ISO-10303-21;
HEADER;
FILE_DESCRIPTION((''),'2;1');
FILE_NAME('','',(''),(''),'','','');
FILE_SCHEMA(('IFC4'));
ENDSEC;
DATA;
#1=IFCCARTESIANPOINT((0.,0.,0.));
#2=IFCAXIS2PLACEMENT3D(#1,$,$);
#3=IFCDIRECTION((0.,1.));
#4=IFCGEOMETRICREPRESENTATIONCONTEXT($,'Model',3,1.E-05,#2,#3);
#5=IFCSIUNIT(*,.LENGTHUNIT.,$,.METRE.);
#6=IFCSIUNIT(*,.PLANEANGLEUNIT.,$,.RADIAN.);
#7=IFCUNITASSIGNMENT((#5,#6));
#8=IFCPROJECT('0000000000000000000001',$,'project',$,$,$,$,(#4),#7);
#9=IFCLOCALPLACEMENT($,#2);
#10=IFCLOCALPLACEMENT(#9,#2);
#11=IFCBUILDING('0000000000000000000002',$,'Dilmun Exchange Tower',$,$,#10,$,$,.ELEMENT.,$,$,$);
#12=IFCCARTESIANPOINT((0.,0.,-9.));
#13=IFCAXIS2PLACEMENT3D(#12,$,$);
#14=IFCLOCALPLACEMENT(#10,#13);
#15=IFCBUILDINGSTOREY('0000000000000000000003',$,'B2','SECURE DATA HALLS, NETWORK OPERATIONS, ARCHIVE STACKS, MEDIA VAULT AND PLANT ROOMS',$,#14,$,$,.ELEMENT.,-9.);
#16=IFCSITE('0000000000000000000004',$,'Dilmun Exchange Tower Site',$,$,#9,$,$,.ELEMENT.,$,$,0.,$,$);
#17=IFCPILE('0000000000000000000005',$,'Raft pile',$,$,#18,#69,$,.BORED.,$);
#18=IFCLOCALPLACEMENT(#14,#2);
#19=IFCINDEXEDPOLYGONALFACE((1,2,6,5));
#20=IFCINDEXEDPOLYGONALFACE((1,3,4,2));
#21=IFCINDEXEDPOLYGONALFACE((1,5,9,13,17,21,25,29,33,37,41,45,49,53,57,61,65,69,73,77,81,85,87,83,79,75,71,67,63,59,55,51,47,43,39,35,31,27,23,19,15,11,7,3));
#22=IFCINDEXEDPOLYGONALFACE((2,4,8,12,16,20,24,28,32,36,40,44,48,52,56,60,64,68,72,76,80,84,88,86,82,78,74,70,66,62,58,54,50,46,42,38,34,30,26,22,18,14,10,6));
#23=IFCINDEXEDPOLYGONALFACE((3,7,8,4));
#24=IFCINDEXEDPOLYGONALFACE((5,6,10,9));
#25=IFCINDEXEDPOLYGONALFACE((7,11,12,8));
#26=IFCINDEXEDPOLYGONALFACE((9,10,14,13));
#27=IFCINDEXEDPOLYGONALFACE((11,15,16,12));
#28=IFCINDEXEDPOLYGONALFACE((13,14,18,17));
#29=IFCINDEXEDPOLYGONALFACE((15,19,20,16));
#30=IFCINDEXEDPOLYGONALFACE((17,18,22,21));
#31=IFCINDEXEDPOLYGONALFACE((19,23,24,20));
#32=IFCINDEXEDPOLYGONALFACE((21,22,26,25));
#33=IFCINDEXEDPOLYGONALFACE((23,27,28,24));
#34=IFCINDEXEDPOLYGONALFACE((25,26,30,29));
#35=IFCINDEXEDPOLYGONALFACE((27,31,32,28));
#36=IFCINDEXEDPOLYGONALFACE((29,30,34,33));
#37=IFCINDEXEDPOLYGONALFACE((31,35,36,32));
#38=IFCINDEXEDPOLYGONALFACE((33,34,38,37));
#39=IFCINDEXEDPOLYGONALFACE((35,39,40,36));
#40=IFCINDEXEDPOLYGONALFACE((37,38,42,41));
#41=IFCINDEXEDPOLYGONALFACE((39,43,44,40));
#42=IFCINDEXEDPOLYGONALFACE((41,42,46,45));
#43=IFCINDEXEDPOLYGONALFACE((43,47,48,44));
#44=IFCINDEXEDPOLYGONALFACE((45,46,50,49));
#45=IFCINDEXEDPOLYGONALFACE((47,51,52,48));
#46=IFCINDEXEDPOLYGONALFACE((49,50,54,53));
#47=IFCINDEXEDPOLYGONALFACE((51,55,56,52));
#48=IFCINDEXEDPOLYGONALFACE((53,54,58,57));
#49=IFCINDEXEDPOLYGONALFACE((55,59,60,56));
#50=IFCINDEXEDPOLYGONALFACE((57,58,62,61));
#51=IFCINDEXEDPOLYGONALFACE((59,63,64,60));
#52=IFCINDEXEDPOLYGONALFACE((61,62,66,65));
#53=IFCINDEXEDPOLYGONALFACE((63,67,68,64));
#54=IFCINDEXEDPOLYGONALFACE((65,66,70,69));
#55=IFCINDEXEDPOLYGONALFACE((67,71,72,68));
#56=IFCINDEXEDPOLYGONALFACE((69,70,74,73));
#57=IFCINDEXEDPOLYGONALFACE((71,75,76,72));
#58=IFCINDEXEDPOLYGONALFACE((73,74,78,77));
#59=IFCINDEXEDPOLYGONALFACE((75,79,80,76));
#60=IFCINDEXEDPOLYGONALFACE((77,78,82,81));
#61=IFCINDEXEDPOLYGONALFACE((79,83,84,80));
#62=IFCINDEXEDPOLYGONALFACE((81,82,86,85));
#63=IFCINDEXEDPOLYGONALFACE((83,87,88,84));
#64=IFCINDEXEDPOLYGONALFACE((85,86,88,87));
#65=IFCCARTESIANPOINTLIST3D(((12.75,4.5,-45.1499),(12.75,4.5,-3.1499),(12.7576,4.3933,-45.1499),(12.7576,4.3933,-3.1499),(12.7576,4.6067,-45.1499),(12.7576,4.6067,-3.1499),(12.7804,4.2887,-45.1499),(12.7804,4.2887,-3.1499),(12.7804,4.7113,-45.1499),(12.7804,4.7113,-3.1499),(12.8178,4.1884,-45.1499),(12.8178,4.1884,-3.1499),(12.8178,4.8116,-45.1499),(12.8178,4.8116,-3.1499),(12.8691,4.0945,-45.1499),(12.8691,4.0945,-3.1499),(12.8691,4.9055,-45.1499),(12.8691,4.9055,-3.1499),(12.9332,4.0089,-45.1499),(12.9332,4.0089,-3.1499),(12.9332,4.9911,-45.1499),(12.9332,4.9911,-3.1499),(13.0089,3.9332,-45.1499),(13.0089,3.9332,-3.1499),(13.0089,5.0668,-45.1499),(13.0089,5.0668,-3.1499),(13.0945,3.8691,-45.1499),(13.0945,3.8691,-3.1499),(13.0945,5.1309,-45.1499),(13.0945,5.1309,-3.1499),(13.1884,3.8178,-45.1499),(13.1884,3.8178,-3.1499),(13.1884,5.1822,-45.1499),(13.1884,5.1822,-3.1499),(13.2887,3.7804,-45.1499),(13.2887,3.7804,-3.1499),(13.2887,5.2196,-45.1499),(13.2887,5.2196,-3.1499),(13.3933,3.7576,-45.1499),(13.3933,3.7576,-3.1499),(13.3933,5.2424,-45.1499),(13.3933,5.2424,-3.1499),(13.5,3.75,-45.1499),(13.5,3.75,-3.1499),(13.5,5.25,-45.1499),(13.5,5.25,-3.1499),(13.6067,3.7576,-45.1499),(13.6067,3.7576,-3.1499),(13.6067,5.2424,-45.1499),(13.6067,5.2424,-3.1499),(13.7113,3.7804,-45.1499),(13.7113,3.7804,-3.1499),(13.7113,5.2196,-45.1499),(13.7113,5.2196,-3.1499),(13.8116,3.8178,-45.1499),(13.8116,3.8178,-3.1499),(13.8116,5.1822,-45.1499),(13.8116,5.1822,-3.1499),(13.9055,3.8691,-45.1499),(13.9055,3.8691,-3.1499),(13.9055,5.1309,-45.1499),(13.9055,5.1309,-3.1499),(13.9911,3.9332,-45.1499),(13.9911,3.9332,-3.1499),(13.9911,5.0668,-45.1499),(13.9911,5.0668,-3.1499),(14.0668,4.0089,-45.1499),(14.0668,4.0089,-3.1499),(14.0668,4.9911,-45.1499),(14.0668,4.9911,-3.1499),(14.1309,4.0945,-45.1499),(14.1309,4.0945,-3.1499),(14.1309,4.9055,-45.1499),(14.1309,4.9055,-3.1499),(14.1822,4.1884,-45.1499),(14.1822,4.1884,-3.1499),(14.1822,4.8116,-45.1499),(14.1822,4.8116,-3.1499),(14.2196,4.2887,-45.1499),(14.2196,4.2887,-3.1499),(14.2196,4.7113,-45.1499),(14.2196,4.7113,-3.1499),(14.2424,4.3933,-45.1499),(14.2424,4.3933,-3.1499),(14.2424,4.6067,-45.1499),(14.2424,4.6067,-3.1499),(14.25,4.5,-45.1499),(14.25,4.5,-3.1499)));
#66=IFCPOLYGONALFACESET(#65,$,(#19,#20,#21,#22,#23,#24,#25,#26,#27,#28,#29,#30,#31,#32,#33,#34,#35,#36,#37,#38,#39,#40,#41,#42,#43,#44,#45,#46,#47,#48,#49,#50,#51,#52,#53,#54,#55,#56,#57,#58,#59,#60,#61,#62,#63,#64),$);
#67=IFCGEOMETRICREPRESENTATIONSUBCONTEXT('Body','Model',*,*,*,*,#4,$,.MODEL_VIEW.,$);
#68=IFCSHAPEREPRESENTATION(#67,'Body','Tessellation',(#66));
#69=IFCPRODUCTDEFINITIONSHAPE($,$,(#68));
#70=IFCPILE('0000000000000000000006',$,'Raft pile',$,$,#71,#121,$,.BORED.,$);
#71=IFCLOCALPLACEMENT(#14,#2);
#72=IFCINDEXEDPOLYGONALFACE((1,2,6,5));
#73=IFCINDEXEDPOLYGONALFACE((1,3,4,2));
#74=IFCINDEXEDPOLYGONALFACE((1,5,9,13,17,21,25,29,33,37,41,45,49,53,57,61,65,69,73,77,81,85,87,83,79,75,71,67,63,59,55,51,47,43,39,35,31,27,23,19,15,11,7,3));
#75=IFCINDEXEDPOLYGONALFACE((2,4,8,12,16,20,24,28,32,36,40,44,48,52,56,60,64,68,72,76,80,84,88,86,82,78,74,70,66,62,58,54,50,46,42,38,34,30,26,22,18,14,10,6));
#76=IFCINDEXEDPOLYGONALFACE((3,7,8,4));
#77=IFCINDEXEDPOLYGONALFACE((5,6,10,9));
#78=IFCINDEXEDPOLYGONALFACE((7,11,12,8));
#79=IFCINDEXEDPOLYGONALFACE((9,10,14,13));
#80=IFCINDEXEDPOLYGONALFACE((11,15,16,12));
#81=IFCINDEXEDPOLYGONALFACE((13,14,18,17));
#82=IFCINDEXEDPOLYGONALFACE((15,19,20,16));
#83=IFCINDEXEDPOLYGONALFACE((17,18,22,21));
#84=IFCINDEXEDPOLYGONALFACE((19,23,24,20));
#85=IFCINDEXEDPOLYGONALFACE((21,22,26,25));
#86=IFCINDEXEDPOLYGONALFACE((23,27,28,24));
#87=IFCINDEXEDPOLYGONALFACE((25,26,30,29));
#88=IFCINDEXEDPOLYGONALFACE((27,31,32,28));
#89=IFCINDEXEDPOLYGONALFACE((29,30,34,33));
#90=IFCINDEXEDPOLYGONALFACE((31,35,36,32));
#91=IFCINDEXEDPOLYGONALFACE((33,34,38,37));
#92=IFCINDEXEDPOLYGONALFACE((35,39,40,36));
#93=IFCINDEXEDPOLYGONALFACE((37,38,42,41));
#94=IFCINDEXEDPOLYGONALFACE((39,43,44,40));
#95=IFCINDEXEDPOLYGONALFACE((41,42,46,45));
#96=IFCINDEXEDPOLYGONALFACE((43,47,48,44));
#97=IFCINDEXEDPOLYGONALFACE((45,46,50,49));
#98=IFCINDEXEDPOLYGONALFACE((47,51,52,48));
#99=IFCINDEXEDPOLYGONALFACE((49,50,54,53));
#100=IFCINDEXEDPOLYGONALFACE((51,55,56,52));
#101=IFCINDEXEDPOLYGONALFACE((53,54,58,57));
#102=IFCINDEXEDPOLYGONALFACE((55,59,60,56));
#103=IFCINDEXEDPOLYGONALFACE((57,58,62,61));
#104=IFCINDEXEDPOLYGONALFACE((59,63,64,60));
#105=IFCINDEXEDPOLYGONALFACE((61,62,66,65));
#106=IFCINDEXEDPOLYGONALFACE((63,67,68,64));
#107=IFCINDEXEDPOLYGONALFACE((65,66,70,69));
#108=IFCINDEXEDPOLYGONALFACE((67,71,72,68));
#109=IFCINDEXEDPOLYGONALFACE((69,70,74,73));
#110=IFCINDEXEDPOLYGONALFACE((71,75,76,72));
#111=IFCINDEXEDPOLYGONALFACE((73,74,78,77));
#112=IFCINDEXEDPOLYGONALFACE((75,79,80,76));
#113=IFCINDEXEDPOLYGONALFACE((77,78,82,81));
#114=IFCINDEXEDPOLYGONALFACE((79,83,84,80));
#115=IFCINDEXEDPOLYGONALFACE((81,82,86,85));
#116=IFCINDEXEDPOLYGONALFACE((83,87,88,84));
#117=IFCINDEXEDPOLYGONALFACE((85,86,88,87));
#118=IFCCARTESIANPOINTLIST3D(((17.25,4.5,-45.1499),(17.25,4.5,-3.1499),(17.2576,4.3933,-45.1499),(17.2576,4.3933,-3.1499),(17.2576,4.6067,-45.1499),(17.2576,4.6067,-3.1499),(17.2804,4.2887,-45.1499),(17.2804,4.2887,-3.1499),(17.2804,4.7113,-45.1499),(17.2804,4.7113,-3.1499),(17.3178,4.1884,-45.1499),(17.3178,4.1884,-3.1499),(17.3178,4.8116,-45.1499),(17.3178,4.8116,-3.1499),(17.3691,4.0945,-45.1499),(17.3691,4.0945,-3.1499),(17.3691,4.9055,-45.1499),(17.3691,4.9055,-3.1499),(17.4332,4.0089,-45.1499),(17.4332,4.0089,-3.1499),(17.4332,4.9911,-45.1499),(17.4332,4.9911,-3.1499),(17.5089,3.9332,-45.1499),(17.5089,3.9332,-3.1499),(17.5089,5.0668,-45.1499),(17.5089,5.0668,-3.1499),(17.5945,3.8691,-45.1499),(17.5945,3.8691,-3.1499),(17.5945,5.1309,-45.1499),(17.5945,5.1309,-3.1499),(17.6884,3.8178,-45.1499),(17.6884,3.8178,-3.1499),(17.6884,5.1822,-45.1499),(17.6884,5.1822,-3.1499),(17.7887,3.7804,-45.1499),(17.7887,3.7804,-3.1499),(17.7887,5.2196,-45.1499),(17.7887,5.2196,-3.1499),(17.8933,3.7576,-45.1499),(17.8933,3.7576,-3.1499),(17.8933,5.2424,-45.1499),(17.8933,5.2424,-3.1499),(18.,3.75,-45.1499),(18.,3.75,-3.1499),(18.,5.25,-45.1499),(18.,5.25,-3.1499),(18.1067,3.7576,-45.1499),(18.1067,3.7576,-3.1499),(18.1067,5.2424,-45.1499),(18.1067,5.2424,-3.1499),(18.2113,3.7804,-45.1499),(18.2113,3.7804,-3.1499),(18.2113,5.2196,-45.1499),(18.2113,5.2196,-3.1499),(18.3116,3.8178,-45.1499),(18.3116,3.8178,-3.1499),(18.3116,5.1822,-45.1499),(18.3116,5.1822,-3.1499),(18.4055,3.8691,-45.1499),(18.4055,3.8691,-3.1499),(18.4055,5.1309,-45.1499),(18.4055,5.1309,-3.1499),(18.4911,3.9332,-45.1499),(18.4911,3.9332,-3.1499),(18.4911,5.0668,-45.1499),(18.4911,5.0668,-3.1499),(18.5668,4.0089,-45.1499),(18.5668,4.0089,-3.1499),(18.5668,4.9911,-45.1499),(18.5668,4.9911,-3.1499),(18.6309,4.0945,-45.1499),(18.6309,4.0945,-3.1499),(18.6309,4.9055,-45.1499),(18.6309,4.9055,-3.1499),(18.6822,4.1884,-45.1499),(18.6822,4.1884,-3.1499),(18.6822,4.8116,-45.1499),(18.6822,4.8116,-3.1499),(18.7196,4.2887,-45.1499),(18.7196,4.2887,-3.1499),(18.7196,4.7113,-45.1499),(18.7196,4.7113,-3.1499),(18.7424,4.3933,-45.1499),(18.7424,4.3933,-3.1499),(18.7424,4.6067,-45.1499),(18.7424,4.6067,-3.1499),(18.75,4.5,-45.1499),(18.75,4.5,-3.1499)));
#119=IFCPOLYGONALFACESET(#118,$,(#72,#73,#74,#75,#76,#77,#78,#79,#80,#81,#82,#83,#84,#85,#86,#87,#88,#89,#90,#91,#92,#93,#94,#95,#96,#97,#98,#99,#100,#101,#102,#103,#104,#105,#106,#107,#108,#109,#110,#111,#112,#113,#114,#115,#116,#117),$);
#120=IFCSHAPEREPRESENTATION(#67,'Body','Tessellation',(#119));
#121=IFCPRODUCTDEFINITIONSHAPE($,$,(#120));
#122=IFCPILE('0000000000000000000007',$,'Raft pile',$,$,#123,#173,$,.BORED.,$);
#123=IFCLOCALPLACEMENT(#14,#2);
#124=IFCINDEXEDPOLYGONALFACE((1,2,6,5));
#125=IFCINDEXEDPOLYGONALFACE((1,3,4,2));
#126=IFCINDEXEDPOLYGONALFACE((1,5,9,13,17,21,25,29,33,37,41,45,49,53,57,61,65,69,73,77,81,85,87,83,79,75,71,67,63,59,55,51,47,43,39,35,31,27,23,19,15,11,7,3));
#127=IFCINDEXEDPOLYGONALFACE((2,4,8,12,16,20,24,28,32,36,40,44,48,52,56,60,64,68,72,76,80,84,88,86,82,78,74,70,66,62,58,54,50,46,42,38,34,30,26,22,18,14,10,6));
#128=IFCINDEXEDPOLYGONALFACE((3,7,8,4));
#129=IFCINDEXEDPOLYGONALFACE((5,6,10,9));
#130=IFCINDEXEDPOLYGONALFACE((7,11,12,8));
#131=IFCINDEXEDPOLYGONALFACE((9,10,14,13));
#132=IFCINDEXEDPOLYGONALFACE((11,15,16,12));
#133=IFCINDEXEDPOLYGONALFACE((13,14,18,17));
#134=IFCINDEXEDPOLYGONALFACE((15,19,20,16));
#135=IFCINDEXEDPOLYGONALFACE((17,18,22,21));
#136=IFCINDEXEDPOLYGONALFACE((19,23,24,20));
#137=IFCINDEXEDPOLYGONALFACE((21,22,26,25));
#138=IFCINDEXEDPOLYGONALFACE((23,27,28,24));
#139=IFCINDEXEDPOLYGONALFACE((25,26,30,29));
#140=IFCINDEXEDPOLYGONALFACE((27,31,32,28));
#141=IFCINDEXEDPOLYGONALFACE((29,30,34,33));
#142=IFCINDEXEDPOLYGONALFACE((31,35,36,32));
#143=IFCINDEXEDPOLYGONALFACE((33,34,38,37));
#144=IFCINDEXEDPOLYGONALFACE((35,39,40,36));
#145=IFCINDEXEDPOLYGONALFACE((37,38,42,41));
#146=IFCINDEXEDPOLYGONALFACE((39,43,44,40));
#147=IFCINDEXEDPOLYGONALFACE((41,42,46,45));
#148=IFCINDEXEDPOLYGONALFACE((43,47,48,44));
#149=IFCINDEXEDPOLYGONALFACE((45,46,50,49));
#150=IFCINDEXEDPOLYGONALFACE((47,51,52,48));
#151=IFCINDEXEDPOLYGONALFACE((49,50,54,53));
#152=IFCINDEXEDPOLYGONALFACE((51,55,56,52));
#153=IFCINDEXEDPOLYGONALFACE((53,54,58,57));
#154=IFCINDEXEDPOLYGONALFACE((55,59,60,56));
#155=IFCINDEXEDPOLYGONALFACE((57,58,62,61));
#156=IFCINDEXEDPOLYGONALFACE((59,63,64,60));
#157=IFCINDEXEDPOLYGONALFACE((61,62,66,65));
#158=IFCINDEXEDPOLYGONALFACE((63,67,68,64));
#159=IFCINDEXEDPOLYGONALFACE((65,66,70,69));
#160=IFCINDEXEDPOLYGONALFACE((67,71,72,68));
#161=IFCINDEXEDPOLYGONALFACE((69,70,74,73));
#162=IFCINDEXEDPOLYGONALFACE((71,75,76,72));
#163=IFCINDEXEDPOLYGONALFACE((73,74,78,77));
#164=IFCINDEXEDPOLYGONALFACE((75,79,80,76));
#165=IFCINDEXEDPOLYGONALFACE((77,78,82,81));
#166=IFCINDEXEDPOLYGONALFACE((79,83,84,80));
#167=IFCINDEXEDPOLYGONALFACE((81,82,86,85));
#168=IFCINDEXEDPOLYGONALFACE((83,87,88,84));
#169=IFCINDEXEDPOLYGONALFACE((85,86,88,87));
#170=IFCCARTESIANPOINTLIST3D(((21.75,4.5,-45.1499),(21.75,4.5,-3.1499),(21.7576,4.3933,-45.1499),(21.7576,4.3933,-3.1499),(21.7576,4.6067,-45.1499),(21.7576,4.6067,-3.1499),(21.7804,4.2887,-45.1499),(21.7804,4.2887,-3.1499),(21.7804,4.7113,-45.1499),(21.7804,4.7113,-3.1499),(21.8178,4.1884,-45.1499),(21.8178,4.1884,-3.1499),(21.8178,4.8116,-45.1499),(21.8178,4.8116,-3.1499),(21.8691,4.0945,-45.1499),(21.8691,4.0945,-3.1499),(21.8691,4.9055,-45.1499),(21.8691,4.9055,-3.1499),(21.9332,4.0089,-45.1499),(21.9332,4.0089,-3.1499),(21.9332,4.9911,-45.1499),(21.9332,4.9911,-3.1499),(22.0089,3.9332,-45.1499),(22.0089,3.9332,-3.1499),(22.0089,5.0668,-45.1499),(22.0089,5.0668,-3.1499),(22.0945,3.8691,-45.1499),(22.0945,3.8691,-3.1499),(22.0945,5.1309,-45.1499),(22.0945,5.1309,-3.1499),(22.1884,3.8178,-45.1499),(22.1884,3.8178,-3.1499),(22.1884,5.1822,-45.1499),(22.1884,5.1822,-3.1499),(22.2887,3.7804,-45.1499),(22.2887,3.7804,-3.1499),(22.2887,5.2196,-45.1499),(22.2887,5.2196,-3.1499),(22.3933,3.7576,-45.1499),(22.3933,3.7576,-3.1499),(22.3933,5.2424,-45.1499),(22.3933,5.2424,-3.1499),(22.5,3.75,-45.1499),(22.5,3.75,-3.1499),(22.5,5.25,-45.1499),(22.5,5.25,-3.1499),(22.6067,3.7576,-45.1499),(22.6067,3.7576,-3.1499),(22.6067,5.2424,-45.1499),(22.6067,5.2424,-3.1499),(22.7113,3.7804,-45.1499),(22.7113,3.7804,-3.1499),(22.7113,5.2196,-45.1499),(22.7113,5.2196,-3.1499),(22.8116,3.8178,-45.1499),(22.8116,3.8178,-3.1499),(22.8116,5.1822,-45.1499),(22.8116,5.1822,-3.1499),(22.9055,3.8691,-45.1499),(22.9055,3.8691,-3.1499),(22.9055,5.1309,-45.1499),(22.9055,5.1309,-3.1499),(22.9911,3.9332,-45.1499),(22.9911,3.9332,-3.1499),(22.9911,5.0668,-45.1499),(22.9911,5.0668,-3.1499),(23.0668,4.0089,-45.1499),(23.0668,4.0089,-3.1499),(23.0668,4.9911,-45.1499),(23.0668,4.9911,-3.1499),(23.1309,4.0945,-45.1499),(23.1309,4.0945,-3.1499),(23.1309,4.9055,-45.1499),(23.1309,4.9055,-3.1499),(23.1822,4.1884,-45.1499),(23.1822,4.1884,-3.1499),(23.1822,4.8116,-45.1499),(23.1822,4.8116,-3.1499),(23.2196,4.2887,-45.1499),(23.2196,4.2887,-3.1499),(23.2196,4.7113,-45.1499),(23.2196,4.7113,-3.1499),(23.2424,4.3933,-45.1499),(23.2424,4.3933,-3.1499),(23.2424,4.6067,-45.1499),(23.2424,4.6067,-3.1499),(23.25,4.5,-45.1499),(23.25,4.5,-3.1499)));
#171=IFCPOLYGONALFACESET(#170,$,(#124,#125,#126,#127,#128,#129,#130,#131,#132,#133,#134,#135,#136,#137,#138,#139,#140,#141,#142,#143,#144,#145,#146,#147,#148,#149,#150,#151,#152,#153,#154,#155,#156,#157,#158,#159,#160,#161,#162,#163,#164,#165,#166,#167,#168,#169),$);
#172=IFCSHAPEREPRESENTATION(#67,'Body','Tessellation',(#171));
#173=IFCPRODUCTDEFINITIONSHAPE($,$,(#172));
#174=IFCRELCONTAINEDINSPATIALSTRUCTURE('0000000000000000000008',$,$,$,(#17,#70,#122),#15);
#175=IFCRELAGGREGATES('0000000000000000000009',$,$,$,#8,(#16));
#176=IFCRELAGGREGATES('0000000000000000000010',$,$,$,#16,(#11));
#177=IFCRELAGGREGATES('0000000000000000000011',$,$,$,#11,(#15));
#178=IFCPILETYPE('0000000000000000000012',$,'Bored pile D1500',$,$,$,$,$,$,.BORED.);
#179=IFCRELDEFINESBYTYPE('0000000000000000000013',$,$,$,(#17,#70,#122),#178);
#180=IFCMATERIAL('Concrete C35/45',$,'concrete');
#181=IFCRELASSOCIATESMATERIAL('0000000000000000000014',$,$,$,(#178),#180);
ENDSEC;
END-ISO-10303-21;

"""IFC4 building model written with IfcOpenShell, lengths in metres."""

from ifc_helpers import new_model, si_unit, direction, frame, origin, origin_2d, place, context, subcontext, project, spatial, circle, extrude, material, material_profile, profile_set, type_object, element, save


model = new_model("IFC4")

# Units and contexts
model_context = context("Model", 3, precision=1e-05, world=origin(), true_north=direction((0.0, 1.0)))
body_context = subcontext(model_context, "Body", "Model", "MODEL_VIEW")
ifc_project = project(units=[si_unit("LENGTHUNIT", "METRE"), si_unit("PLANEANGLEUNIT", "RADIAN")], contexts=[model_context])

# Site, building, storey
site_placement = place(None, origin())
site = spatial("IfcSite", under=ifc_project, at=site_placement, Name="Dilmun Exchange Tower Site", CompositionType="ELEMENT", RefElevation=0.0)
building_placement = place(site_placement, origin())
building = spatial("IfcBuilding", under=site, at=building_placement, Name="Dilmun Exchange Tower", CompositionType="ELEMENT")
storey_placement = place(building_placement, frame((0.0, 0.0, -9.0)))
storey = spatial("IfcBuildingStorey", under=building, at=storey_placement, Name="B2", Description="SECURE DATA HALLS, NETWORK OPERATIONS, ARCHIVE STACKS, MEDIA VAULT AND PLANT ROOMS", CompositionType="ELEMENT", Elevation=-9.0)

# Piles
ifc_material_1 = material(Name="Concrete C35/45", Category="concrete")
ifc_material_profile_1 = material_profile(ifc_material_1, circle(Radius=0.75, at=origin_2d()), Name="D1500")
ifc_profile_set_1 = profile_set([ifc_material_profile_1], Name="Concrete C35/45")
pile_type = type_object("IfcPileType", Name="Bored pile D1500", PredefinedType="BORED", material=ifc_profile_set_1)
for number, where, z_axis, x_axis, name in (
    (1, (13.5, 4.5, -3.1499), (0.0, 0.0, -1.0), (1.0, 0.0, 0.0), "Raft pile"),
    (2, (18.0, 4.5, -3.1499), (0.0, 0.0, -1.0), (1.0, 0.0, 0.0), "Raft pile"),
    (3, (22.5, 4.5, -3.1499), (0.0, 0.0, -1.0), (1.0, 0.0, 0.0), "Raft pile"),
):
    element("IfcPile", number, at=place(storey_placement, frame(where, z_axis=z_axis, x_axis=x_axis)), inside=storey, type_object=pile_type, Name=name, PredefinedType="BORED", context=body_context, shape_type="SweptSolid", body=[
        extrude(circle(Radius=0.75, at=origin_2d()), origin(), (0.0, 0.0, 1.0), 42.0),
    ])

save(model, "model.ifc")
